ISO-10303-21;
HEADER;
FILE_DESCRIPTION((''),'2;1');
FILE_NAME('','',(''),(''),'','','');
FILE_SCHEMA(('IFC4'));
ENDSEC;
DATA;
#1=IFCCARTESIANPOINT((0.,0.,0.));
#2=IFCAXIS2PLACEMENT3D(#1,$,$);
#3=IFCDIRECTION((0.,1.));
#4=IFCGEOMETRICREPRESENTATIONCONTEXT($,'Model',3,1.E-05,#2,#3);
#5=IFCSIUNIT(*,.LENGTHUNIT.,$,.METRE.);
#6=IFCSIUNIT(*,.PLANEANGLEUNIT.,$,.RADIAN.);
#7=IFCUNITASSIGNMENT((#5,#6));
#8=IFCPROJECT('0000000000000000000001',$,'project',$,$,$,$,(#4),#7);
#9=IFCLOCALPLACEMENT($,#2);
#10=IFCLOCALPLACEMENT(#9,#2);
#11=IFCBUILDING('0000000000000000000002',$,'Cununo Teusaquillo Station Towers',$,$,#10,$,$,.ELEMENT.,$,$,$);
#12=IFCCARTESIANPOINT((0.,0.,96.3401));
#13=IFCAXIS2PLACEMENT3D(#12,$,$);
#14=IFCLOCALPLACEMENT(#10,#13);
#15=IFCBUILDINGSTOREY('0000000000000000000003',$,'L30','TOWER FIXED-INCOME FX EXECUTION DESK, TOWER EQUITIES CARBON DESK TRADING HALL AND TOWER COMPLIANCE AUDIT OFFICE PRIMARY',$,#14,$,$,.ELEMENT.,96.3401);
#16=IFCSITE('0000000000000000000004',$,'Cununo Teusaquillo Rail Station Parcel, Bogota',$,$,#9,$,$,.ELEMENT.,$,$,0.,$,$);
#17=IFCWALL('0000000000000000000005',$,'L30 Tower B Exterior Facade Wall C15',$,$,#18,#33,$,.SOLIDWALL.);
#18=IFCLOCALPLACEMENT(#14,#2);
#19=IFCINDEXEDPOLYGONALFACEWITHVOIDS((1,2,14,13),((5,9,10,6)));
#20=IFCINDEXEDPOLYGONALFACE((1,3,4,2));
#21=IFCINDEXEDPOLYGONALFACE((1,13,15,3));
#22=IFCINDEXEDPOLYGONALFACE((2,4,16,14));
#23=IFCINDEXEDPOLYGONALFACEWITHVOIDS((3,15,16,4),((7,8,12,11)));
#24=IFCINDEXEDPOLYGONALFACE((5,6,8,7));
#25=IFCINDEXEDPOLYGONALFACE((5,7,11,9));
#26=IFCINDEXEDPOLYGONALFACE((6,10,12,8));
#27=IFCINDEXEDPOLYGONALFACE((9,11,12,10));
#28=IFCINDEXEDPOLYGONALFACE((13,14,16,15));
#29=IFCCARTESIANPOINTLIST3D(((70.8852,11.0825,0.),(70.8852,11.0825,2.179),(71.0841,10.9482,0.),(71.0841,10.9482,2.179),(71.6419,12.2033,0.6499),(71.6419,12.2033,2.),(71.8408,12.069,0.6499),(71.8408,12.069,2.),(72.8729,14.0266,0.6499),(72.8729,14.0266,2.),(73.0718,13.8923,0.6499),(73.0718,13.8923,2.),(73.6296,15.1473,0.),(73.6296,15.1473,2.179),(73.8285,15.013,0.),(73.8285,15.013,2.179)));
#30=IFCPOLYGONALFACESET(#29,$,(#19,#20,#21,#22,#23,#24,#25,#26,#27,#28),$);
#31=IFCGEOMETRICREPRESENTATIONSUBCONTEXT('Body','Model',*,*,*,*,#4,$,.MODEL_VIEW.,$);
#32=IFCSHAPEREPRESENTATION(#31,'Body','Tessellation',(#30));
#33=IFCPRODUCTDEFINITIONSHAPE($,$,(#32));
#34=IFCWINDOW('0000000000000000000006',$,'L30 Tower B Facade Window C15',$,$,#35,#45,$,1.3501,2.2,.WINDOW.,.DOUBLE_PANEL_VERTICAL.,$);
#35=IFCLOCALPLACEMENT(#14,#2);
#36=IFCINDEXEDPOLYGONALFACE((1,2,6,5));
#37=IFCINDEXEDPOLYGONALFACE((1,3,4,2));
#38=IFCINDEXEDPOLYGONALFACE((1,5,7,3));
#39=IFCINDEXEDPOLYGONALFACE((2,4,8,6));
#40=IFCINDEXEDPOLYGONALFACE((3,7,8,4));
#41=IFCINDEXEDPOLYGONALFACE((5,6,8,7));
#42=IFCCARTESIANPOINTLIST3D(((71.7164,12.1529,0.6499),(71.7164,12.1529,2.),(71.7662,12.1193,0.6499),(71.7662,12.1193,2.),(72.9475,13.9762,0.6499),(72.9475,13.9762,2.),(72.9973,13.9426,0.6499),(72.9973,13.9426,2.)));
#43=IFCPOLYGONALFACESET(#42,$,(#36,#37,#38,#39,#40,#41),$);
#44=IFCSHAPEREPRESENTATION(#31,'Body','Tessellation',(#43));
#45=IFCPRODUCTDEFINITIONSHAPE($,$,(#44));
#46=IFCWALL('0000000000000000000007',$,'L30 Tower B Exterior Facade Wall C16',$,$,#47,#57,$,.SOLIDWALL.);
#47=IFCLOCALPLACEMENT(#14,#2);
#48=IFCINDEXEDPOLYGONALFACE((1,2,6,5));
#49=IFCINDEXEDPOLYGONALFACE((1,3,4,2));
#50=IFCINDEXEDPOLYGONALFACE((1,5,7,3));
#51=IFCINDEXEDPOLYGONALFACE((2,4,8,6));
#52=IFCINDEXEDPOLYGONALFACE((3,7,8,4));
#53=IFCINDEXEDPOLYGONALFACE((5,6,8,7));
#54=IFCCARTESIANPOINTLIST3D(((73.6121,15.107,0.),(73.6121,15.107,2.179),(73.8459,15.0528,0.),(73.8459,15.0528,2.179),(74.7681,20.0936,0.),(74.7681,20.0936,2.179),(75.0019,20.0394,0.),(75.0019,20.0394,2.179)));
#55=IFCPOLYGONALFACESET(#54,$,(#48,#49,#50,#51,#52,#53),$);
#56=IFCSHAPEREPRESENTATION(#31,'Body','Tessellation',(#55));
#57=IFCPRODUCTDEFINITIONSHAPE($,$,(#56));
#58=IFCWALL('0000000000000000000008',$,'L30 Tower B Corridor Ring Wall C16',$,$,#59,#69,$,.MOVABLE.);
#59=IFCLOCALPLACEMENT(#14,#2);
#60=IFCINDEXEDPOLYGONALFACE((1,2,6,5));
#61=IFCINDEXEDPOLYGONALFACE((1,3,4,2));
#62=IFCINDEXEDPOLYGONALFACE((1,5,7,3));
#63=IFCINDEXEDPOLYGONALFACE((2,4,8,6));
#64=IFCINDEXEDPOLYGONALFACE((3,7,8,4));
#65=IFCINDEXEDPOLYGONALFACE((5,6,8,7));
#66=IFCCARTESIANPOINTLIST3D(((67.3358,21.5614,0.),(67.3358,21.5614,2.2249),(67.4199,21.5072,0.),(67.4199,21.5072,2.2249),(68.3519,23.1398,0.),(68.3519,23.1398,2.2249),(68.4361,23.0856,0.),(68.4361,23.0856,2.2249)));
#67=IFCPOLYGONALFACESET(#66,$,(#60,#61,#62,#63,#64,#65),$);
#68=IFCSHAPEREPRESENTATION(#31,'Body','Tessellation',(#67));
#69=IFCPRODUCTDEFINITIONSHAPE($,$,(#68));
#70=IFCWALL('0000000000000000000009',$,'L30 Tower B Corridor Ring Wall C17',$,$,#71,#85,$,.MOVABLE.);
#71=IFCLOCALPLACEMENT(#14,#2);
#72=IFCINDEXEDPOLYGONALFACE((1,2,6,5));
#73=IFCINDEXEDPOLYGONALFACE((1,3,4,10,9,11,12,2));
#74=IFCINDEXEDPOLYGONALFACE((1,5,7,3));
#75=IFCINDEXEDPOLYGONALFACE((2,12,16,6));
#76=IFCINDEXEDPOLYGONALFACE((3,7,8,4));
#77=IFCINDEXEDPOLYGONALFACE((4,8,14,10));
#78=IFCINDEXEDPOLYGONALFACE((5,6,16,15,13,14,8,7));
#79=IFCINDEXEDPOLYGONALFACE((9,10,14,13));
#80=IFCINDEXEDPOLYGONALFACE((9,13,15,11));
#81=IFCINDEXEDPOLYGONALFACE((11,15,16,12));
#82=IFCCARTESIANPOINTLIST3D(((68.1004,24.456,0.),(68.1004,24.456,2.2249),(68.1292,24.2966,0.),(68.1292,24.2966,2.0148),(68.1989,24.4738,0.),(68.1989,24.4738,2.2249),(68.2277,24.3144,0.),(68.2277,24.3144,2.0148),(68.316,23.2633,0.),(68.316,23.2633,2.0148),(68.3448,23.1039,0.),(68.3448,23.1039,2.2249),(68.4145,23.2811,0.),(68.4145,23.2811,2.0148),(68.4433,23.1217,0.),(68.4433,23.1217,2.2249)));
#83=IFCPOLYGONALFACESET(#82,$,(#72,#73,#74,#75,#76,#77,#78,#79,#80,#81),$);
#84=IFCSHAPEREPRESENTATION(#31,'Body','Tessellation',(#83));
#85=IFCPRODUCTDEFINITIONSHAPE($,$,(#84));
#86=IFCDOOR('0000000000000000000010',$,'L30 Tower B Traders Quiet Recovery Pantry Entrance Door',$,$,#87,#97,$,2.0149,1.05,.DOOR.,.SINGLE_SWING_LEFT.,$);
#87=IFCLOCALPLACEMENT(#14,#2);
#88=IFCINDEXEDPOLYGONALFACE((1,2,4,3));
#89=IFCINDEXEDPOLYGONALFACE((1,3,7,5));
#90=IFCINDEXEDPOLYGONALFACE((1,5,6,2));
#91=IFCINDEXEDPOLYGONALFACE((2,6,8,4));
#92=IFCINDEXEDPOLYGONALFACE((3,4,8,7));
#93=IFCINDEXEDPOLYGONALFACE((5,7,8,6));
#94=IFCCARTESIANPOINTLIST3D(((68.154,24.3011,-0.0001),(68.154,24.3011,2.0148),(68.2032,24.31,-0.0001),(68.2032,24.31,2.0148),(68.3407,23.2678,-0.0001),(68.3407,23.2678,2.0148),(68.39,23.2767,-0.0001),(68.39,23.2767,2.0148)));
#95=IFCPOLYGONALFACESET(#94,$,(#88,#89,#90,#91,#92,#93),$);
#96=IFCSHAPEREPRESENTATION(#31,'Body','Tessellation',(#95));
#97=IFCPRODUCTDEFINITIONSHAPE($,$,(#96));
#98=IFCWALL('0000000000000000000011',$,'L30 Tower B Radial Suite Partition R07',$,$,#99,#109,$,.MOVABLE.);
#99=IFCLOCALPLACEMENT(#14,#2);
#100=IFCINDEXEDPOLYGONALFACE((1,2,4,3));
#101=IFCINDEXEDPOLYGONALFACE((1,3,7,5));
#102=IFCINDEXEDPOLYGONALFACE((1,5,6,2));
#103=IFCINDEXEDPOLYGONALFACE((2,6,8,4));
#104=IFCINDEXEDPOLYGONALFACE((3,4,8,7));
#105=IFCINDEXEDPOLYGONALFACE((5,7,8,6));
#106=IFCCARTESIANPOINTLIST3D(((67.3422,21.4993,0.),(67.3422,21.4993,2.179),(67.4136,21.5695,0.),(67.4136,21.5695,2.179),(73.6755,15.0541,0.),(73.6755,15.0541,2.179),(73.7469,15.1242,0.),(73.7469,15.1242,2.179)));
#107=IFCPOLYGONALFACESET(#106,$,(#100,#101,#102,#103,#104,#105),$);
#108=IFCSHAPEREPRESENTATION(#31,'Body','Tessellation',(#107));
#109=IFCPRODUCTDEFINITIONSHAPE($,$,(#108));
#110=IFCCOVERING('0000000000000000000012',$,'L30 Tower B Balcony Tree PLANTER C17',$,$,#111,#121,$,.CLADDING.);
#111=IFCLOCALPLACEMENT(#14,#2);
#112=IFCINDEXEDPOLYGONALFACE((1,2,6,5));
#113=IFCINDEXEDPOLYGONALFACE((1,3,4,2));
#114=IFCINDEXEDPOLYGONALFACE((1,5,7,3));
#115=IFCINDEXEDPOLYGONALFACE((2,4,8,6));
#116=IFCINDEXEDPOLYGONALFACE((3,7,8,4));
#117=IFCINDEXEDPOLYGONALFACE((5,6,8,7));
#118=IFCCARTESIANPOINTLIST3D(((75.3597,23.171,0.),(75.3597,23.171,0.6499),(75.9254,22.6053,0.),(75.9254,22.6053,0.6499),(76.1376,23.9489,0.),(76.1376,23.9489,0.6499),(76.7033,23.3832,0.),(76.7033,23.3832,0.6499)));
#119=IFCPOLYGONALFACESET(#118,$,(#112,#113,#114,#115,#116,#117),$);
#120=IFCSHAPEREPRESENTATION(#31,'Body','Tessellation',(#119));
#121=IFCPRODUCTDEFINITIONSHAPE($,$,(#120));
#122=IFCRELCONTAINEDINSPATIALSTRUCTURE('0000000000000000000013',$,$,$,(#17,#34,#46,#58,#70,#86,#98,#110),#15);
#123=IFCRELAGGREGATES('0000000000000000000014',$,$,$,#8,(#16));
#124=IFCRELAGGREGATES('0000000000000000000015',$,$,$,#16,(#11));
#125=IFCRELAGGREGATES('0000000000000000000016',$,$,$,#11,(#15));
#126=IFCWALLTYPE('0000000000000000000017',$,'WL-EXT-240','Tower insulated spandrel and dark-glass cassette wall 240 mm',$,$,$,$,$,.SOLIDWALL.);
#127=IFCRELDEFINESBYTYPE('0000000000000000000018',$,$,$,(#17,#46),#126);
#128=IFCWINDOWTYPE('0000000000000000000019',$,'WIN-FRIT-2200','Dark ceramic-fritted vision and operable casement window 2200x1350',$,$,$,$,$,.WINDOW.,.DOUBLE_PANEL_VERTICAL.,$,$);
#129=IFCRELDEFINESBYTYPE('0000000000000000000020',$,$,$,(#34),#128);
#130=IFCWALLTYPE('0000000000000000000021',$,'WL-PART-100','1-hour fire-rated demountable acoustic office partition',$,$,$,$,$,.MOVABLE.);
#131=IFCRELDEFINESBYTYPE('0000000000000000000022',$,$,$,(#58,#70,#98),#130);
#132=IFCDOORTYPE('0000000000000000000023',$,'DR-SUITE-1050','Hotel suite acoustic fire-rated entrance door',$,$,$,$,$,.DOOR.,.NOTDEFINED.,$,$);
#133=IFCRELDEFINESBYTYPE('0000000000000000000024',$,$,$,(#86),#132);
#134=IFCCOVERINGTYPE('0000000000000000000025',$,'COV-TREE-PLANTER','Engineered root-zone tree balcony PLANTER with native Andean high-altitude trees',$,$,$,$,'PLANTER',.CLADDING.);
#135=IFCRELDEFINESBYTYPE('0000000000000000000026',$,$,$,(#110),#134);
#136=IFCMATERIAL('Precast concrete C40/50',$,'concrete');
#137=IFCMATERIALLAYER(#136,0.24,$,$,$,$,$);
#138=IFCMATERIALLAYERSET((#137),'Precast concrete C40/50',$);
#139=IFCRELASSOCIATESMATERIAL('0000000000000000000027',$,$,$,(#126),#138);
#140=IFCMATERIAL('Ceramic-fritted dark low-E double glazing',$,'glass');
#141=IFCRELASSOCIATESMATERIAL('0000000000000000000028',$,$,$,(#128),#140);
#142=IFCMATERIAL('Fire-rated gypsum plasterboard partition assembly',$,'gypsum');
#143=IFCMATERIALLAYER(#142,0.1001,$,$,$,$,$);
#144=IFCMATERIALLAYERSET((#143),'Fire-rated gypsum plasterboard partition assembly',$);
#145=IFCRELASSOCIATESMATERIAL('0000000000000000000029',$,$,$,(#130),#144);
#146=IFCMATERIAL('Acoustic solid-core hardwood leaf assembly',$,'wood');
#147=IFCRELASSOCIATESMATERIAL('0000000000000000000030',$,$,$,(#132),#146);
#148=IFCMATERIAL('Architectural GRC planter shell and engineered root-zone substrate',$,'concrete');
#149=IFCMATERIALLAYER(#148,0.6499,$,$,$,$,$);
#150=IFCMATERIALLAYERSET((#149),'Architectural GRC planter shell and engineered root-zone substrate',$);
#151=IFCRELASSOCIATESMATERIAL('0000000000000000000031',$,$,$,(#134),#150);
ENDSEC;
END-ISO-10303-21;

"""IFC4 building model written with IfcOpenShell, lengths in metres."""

from ifc_helpers import new_model, si_unit, direction, frame, frame_2d, origin, origin_2d, place, context, subcontext, project, spatial, rectangle, extrude, source, transform, mapped, material, layer, layer_set, type_object, element, fill, save


model = new_model("IFC4")

# Units and contexts
model_context = context("Model", 3, precision=1e-05, world=origin(), true_north=direction((0.0, 1.0)))
body_context = subcontext(model_context, "Body", "Model", "MODEL_VIEW")
ifc_project = project(units=[si_unit("LENGTHUNIT", "METRE"), si_unit("PLANEANGLEUNIT", "RADIAN")], contexts=[model_context])

# Site, building, storey
site_placement = place(None, origin())
site = spatial("IfcSite", under=ifc_project, at=site_placement, Name="Cununo Teusaquillo Rail Station Parcel, Bogota", CompositionType="ELEMENT", RefElevation=0.0)
building_placement = place(site_placement, origin())
building = spatial("IfcBuilding", under=site, at=building_placement, Name="Cununo Teusaquillo Station Towers", CompositionType="ELEMENT")
storey_placement = place(building_placement, frame((0.0, 0.0, 96.3401)))
storey = spatial("IfcBuildingStorey", under=building, at=storey_placement, Name="L30", Description="TOWER FIXED-INCOME FX EXECUTION DESK, TOWER EQUITIES CARBON DESK TRADING HALL AND TOWER COMPLIANCE AUDIT OFFICE PRIMARY", CompositionType="ELEMENT", Elevation=96.3401)

# Shared definitions
ifc_material_1 = material(Name="Precast concrete C40/50", Category="concrete")
ifc_layer_1 = layer(ifc_material_1, 0.24)
ifc_layer_set_1 = layer_set([ifc_layer_1], Name="Precast concrete C40/50")
wall_type_1 = type_object("IfcWallType", Name="WL-EXT-240", Description="Tower insulated spandrel and dark-glass cassette wall 240 mm", PredefinedType="SOLIDWALL", material=ifc_layer_set_1)

# Wall, opening, window
wall_1_placement = place(storey_placement, frame((73.729, 15.0801, 0.0), z_axis=(0.0, 0.0, 1.0), x_axis=(-0.559573, -0.828781, 0.0)))
wall_1 = element("IfcWall", 1, at=wall_1_placement, inside=storey, type_object=wall_type_1, Name="L30 Tower B Exterior Facade Wall C15", PredefinedType="SOLIDWALL", context=body_context, shape_type="SweptSolid", body=[
    extrude(rectangle(XDim=4.9045, YDim=0.24, at=frame_2d((2.4521, 0.0))), origin(), (0.0, 0.0, 1.0), 2.179),
])
shared_shape_1 = source(origin(), body_context, "Body", "SweptSolid", [
    extrude(rectangle(XDim=2.2, YDim=1.3501, at=frame_2d((1.1001, 0.675))), frame((0.0, 0.1299, 0.0), z_axis=(0.0, -1.0, 0.0), x_axis=(1.0, 0.0, 0.0)), (0.0, 0.0, 1.0), 0.26),
])
opening_1_placement = place(wall_1_placement, frame((1.3521, 0.0, 0.6499)))
opening_1 = element("IfcOpeningElement", 2, at=opening_1_placement, cuts=wall_1, PredefinedType="OPENING", context=body_context, shape_type="MappedRepresentation", body=[
    mapped(shared_shape_1, transform((0.0, 0.0, 0.0), x_axis=(1.0, 0.0, 0.0), y_axis=(0.0, 1.0, 0.0), z_axis=(0.0, 0.0, 1.0), scale=1.0)),
])
ifc_material_2 = material(Name="Ceramic-fritted dark low-E double glazing", Category="glass")
window_type_1 = type_object("IfcWindowType", Name="WIN-FRIT-2200", Description="Dark ceramic-fritted vision and operable casement window 2200x1350", PartitioningType="DOUBLE_PANEL_VERTICAL", PredefinedType="WINDOW", material=ifc_material_2)
shared_shape_2 = source(origin(), body_context, "Body", "SweptSolid", [
    extrude(rectangle(XDim=2.2, YDim=1.3501, at=frame_2d((1.1001, 0.675))), frame((0.0, 0.03, 0.0), z_axis=(0.0, -1.0, 0.0), x_axis=(1.0, 0.0, 0.0)), (0.0, 0.0, 1.0), 0.0601),
])
window_1_placement = place(opening_1_placement, origin())
window_1 = element("IfcWindow", 3, at=window_1_placement, inside=storey, type_object=window_type_1, Name="L30 Tower B Facade Window C15", OverallHeight=1.3501, OverallWidth=2.2, PartitioningType="DOUBLE_PANEL_VERTICAL", PredefinedType="WINDOW", context=body_context, shape_type="MappedRepresentation", body=[
    mapped(shared_shape_2, transform((0.0, 0.0, 0.0), x_axis=(1.0, 0.0, 0.0), y_axis=(0.0, 1.0, 0.0), z_axis=(0.0, 0.0, 1.0), scale=1.0)),
])
fill(opening_1, window_1)

# Walls
wall_2_placement = place(storey_placement, frame((74.885, 20.0667, 0.0), z_axis=(0.0, 0.0, 1.0), x_axis=(-0.225835, -0.974166, 0.0)))
element("IfcWall", 4, at=wall_2_placement, inside=storey, type_object=wall_type_1, Name="L30 Tower B Exterior Facade Wall C16", PredefinedType="SOLIDWALL", context=body_context, shape_type="SweptSolid", body=[
    extrude(rectangle(XDim=5.1189, YDim=0.24, at=frame_2d((2.5596, 0.0))), origin(), (0.0, 0.0, 1.0), 2.179),
])
ifc_material_3 = material(Name="Fire-rated gypsum plasterboard partition assembly", Category="gypsum")
ifc_layer_2 = layer(ifc_material_3, 0.1001)
ifc_layer_set_2 = layer_set([ifc_layer_2], Name="Fire-rated gypsum plasterboard partition assembly")
wall_type_2 = type_object("IfcWallType", Name="WL-PART-100", Description="1-hour fire-rated demountable acoustic office partition", PredefinedType="MOVABLE", material=ifc_layer_set_2)
wall_3_placement = place(storey_placement, frame((67.3779, 21.5344, 0.0), z_axis=(0.0, 0.0, 1.0), x_axis=(0.541303, 0.840828, 0.0)))
element("IfcWall", 5, at=wall_3_placement, inside=storey, type_object=wall_type_2, Name="L30 Tower B Corridor Ring Wall C16", PredefinedType="MOVABLE", context=body_context, shape_type="SweptSolid", body=[
    extrude(rectangle(XDim=1.8772, YDim=0.1001, at=frame_2d((0.9385, 0.0))), origin(), (0.0, 0.0, 1.0), 2.2249),
])

# Wall, opening, door
wall_4_placement = place(storey_placement, frame((68.394, 23.1128, 0.0), z_axis=(0.0, 0.0, 1.0), x_axis=(-0.177869, 0.984054, 0.0)))
wall_4 = element("IfcWall", 6, at=wall_4_placement, inside=storey, type_object=wall_type_2, Name="L30 Tower B Corridor Ring Wall C17", PredefinedType="MOVABLE", context=body_context, shape_type="SweptSolid", body=[
    extrude(rectangle(XDim=1.374, YDim=0.1001, at=frame_2d((0.687, 0.0))), origin(), (0.0, 0.0, 1.0), 2.2249),
])
shared_shape_3 = source(origin(), body_context, "Body", "SweptSolid", [
    extrude(rectangle(XDim=1.05, YDim=2.0149, at=frame_2d((0.5249, 1.0073))), frame((0.0, 0.0601, 0.0), z_axis=(0.0, -1.0, 0.0), x_axis=(1.0, 0.0, 0.0)), (0.0, 0.0, 1.0), 0.1201),
])
opening_2_placement = place(wall_4_placement, frame((0.1621, 0.0, 0.0)))
opening_2 = element("IfcOpeningElement", 7, at=opening_2_placement, cuts=wall_4, PredefinedType="OPENING", context=body_context, shape_type="MappedRepresentation", body=[
    mapped(shared_shape_3, transform((0.0, 0.0, 0.0), x_axis=(1.0, 0.0, 0.0), y_axis=(0.0, 1.0, 0.0), z_axis=(0.0, 0.0, 1.0), scale=1.0)),
])
ifc_material_4 = material(Name="Acoustic solid-core hardwood leaf assembly", Category="wood")
door_type = type_object("IfcDoorType", Name="DR-SUITE-1050", Description="Hotel suite acoustic fire-rated entrance door", OperationType="NOTDEFINED", PredefinedType="DOOR", material=ifc_material_4)
shared_shape_4 = source(origin(), body_context, "Body", "SweptSolid", [
    extrude(rectangle(XDim=1.05, YDim=2.0149, at=frame_2d((0.5249, 1.0073))), frame((0.0, 0.0249, 0.0), z_axis=(0.0, -1.0, 0.0), x_axis=(1.0, 0.0, 0.0)), (0.0, 0.0, 1.0), 0.05),
])
door_placement = place(opening_2_placement, origin())
door = element("IfcDoor", 8, at=door_placement, inside=storey, type_object=door_type, Name="L30 Tower B Traders Quiet Recovery Pantry Entrance Door", OperationType="SINGLE_SWING_LEFT", OverallHeight=2.0149, OverallWidth=1.05, PredefinedType="DOOR", context=body_context, shape_type="MappedRepresentation", body=[
    mapped(shared_shape_4, transform((0.0, 0.0, 0.0), x_axis=(1.0, 0.0, 0.0), y_axis=(0.0, 1.0, 0.0), z_axis=(0.0, 0.0, 1.0), scale=1.0)),
])
fill(opening_2, door)

# Wall
wall_5_placement = place(storey_placement, frame((67.3779, 21.5344, 0.0), z_axis=(0.0, 0.0, 1.0), x_axis=(0.700879, -0.71328, 0.0)))
element("IfcWall", 9, at=wall_5_placement, inside=storey, type_object=wall_type_2, Name="L30 Tower B Radial Suite Partition R07", PredefinedType="MOVABLE", context=body_context, shape_type="SweptSolid", body=[
    extrude(rectangle(XDim=9.0361, YDim=0.1001, at=frame_2d((4.5181, 0.0))), origin(), (0.0, 0.0, 1.0), 2.179),
])

# Covering
ifc_material_5 = material(Name="Architectural GRC planter shell and engineered root-zone substrate", Category="concrete")
ifc_layer_3 = layer(ifc_material_5, 0.6499)
ifc_layer_set_3 = layer_set([ifc_layer_3], Name="Architectural GRC planter shell and engineered root-zone substrate")
covering_type = type_object("IfcCoveringType", Name="COV-TREE-PLANTER", Description="Engineered root-zone tree balcony PLANTER with native Andean high-altitude trees", ElementType="PLANTER", PredefinedType="CLADDING", material=ifc_layer_set_3)
shared_shape_5 = source(origin(), body_context, "Body", "SweptSolid", [
    extrude(rectangle(XDim=1.1001, YDim=0.8, at=origin_2d()), origin(), (0.0, 0.0, 1.0), 0.6499),
])
covering_placement = place(storey_placement, frame((76.0315, 23.2771, 0.0), z_axis=(0.0, 0.0, 1.0), x_axis=(0.707107, 0.707107, 0.0)))
element("IfcCovering", 10, at=covering_placement, inside=storey, type_object=covering_type, Name="L30 Tower B Balcony Tree PLANTER C17", PredefinedType="CLADDING", context=body_context, shape_type="MappedRepresentation", body=[
    mapped(shared_shape_5, transform((0.0, 0.0, 0.0), x_axis=(1.0, 0.0, 0.0), y_axis=(0.0, 1.0, 0.0), z_axis=(0.0, 0.0, 1.0), scale=1.0)),
])

save(model, "model.ifc")
